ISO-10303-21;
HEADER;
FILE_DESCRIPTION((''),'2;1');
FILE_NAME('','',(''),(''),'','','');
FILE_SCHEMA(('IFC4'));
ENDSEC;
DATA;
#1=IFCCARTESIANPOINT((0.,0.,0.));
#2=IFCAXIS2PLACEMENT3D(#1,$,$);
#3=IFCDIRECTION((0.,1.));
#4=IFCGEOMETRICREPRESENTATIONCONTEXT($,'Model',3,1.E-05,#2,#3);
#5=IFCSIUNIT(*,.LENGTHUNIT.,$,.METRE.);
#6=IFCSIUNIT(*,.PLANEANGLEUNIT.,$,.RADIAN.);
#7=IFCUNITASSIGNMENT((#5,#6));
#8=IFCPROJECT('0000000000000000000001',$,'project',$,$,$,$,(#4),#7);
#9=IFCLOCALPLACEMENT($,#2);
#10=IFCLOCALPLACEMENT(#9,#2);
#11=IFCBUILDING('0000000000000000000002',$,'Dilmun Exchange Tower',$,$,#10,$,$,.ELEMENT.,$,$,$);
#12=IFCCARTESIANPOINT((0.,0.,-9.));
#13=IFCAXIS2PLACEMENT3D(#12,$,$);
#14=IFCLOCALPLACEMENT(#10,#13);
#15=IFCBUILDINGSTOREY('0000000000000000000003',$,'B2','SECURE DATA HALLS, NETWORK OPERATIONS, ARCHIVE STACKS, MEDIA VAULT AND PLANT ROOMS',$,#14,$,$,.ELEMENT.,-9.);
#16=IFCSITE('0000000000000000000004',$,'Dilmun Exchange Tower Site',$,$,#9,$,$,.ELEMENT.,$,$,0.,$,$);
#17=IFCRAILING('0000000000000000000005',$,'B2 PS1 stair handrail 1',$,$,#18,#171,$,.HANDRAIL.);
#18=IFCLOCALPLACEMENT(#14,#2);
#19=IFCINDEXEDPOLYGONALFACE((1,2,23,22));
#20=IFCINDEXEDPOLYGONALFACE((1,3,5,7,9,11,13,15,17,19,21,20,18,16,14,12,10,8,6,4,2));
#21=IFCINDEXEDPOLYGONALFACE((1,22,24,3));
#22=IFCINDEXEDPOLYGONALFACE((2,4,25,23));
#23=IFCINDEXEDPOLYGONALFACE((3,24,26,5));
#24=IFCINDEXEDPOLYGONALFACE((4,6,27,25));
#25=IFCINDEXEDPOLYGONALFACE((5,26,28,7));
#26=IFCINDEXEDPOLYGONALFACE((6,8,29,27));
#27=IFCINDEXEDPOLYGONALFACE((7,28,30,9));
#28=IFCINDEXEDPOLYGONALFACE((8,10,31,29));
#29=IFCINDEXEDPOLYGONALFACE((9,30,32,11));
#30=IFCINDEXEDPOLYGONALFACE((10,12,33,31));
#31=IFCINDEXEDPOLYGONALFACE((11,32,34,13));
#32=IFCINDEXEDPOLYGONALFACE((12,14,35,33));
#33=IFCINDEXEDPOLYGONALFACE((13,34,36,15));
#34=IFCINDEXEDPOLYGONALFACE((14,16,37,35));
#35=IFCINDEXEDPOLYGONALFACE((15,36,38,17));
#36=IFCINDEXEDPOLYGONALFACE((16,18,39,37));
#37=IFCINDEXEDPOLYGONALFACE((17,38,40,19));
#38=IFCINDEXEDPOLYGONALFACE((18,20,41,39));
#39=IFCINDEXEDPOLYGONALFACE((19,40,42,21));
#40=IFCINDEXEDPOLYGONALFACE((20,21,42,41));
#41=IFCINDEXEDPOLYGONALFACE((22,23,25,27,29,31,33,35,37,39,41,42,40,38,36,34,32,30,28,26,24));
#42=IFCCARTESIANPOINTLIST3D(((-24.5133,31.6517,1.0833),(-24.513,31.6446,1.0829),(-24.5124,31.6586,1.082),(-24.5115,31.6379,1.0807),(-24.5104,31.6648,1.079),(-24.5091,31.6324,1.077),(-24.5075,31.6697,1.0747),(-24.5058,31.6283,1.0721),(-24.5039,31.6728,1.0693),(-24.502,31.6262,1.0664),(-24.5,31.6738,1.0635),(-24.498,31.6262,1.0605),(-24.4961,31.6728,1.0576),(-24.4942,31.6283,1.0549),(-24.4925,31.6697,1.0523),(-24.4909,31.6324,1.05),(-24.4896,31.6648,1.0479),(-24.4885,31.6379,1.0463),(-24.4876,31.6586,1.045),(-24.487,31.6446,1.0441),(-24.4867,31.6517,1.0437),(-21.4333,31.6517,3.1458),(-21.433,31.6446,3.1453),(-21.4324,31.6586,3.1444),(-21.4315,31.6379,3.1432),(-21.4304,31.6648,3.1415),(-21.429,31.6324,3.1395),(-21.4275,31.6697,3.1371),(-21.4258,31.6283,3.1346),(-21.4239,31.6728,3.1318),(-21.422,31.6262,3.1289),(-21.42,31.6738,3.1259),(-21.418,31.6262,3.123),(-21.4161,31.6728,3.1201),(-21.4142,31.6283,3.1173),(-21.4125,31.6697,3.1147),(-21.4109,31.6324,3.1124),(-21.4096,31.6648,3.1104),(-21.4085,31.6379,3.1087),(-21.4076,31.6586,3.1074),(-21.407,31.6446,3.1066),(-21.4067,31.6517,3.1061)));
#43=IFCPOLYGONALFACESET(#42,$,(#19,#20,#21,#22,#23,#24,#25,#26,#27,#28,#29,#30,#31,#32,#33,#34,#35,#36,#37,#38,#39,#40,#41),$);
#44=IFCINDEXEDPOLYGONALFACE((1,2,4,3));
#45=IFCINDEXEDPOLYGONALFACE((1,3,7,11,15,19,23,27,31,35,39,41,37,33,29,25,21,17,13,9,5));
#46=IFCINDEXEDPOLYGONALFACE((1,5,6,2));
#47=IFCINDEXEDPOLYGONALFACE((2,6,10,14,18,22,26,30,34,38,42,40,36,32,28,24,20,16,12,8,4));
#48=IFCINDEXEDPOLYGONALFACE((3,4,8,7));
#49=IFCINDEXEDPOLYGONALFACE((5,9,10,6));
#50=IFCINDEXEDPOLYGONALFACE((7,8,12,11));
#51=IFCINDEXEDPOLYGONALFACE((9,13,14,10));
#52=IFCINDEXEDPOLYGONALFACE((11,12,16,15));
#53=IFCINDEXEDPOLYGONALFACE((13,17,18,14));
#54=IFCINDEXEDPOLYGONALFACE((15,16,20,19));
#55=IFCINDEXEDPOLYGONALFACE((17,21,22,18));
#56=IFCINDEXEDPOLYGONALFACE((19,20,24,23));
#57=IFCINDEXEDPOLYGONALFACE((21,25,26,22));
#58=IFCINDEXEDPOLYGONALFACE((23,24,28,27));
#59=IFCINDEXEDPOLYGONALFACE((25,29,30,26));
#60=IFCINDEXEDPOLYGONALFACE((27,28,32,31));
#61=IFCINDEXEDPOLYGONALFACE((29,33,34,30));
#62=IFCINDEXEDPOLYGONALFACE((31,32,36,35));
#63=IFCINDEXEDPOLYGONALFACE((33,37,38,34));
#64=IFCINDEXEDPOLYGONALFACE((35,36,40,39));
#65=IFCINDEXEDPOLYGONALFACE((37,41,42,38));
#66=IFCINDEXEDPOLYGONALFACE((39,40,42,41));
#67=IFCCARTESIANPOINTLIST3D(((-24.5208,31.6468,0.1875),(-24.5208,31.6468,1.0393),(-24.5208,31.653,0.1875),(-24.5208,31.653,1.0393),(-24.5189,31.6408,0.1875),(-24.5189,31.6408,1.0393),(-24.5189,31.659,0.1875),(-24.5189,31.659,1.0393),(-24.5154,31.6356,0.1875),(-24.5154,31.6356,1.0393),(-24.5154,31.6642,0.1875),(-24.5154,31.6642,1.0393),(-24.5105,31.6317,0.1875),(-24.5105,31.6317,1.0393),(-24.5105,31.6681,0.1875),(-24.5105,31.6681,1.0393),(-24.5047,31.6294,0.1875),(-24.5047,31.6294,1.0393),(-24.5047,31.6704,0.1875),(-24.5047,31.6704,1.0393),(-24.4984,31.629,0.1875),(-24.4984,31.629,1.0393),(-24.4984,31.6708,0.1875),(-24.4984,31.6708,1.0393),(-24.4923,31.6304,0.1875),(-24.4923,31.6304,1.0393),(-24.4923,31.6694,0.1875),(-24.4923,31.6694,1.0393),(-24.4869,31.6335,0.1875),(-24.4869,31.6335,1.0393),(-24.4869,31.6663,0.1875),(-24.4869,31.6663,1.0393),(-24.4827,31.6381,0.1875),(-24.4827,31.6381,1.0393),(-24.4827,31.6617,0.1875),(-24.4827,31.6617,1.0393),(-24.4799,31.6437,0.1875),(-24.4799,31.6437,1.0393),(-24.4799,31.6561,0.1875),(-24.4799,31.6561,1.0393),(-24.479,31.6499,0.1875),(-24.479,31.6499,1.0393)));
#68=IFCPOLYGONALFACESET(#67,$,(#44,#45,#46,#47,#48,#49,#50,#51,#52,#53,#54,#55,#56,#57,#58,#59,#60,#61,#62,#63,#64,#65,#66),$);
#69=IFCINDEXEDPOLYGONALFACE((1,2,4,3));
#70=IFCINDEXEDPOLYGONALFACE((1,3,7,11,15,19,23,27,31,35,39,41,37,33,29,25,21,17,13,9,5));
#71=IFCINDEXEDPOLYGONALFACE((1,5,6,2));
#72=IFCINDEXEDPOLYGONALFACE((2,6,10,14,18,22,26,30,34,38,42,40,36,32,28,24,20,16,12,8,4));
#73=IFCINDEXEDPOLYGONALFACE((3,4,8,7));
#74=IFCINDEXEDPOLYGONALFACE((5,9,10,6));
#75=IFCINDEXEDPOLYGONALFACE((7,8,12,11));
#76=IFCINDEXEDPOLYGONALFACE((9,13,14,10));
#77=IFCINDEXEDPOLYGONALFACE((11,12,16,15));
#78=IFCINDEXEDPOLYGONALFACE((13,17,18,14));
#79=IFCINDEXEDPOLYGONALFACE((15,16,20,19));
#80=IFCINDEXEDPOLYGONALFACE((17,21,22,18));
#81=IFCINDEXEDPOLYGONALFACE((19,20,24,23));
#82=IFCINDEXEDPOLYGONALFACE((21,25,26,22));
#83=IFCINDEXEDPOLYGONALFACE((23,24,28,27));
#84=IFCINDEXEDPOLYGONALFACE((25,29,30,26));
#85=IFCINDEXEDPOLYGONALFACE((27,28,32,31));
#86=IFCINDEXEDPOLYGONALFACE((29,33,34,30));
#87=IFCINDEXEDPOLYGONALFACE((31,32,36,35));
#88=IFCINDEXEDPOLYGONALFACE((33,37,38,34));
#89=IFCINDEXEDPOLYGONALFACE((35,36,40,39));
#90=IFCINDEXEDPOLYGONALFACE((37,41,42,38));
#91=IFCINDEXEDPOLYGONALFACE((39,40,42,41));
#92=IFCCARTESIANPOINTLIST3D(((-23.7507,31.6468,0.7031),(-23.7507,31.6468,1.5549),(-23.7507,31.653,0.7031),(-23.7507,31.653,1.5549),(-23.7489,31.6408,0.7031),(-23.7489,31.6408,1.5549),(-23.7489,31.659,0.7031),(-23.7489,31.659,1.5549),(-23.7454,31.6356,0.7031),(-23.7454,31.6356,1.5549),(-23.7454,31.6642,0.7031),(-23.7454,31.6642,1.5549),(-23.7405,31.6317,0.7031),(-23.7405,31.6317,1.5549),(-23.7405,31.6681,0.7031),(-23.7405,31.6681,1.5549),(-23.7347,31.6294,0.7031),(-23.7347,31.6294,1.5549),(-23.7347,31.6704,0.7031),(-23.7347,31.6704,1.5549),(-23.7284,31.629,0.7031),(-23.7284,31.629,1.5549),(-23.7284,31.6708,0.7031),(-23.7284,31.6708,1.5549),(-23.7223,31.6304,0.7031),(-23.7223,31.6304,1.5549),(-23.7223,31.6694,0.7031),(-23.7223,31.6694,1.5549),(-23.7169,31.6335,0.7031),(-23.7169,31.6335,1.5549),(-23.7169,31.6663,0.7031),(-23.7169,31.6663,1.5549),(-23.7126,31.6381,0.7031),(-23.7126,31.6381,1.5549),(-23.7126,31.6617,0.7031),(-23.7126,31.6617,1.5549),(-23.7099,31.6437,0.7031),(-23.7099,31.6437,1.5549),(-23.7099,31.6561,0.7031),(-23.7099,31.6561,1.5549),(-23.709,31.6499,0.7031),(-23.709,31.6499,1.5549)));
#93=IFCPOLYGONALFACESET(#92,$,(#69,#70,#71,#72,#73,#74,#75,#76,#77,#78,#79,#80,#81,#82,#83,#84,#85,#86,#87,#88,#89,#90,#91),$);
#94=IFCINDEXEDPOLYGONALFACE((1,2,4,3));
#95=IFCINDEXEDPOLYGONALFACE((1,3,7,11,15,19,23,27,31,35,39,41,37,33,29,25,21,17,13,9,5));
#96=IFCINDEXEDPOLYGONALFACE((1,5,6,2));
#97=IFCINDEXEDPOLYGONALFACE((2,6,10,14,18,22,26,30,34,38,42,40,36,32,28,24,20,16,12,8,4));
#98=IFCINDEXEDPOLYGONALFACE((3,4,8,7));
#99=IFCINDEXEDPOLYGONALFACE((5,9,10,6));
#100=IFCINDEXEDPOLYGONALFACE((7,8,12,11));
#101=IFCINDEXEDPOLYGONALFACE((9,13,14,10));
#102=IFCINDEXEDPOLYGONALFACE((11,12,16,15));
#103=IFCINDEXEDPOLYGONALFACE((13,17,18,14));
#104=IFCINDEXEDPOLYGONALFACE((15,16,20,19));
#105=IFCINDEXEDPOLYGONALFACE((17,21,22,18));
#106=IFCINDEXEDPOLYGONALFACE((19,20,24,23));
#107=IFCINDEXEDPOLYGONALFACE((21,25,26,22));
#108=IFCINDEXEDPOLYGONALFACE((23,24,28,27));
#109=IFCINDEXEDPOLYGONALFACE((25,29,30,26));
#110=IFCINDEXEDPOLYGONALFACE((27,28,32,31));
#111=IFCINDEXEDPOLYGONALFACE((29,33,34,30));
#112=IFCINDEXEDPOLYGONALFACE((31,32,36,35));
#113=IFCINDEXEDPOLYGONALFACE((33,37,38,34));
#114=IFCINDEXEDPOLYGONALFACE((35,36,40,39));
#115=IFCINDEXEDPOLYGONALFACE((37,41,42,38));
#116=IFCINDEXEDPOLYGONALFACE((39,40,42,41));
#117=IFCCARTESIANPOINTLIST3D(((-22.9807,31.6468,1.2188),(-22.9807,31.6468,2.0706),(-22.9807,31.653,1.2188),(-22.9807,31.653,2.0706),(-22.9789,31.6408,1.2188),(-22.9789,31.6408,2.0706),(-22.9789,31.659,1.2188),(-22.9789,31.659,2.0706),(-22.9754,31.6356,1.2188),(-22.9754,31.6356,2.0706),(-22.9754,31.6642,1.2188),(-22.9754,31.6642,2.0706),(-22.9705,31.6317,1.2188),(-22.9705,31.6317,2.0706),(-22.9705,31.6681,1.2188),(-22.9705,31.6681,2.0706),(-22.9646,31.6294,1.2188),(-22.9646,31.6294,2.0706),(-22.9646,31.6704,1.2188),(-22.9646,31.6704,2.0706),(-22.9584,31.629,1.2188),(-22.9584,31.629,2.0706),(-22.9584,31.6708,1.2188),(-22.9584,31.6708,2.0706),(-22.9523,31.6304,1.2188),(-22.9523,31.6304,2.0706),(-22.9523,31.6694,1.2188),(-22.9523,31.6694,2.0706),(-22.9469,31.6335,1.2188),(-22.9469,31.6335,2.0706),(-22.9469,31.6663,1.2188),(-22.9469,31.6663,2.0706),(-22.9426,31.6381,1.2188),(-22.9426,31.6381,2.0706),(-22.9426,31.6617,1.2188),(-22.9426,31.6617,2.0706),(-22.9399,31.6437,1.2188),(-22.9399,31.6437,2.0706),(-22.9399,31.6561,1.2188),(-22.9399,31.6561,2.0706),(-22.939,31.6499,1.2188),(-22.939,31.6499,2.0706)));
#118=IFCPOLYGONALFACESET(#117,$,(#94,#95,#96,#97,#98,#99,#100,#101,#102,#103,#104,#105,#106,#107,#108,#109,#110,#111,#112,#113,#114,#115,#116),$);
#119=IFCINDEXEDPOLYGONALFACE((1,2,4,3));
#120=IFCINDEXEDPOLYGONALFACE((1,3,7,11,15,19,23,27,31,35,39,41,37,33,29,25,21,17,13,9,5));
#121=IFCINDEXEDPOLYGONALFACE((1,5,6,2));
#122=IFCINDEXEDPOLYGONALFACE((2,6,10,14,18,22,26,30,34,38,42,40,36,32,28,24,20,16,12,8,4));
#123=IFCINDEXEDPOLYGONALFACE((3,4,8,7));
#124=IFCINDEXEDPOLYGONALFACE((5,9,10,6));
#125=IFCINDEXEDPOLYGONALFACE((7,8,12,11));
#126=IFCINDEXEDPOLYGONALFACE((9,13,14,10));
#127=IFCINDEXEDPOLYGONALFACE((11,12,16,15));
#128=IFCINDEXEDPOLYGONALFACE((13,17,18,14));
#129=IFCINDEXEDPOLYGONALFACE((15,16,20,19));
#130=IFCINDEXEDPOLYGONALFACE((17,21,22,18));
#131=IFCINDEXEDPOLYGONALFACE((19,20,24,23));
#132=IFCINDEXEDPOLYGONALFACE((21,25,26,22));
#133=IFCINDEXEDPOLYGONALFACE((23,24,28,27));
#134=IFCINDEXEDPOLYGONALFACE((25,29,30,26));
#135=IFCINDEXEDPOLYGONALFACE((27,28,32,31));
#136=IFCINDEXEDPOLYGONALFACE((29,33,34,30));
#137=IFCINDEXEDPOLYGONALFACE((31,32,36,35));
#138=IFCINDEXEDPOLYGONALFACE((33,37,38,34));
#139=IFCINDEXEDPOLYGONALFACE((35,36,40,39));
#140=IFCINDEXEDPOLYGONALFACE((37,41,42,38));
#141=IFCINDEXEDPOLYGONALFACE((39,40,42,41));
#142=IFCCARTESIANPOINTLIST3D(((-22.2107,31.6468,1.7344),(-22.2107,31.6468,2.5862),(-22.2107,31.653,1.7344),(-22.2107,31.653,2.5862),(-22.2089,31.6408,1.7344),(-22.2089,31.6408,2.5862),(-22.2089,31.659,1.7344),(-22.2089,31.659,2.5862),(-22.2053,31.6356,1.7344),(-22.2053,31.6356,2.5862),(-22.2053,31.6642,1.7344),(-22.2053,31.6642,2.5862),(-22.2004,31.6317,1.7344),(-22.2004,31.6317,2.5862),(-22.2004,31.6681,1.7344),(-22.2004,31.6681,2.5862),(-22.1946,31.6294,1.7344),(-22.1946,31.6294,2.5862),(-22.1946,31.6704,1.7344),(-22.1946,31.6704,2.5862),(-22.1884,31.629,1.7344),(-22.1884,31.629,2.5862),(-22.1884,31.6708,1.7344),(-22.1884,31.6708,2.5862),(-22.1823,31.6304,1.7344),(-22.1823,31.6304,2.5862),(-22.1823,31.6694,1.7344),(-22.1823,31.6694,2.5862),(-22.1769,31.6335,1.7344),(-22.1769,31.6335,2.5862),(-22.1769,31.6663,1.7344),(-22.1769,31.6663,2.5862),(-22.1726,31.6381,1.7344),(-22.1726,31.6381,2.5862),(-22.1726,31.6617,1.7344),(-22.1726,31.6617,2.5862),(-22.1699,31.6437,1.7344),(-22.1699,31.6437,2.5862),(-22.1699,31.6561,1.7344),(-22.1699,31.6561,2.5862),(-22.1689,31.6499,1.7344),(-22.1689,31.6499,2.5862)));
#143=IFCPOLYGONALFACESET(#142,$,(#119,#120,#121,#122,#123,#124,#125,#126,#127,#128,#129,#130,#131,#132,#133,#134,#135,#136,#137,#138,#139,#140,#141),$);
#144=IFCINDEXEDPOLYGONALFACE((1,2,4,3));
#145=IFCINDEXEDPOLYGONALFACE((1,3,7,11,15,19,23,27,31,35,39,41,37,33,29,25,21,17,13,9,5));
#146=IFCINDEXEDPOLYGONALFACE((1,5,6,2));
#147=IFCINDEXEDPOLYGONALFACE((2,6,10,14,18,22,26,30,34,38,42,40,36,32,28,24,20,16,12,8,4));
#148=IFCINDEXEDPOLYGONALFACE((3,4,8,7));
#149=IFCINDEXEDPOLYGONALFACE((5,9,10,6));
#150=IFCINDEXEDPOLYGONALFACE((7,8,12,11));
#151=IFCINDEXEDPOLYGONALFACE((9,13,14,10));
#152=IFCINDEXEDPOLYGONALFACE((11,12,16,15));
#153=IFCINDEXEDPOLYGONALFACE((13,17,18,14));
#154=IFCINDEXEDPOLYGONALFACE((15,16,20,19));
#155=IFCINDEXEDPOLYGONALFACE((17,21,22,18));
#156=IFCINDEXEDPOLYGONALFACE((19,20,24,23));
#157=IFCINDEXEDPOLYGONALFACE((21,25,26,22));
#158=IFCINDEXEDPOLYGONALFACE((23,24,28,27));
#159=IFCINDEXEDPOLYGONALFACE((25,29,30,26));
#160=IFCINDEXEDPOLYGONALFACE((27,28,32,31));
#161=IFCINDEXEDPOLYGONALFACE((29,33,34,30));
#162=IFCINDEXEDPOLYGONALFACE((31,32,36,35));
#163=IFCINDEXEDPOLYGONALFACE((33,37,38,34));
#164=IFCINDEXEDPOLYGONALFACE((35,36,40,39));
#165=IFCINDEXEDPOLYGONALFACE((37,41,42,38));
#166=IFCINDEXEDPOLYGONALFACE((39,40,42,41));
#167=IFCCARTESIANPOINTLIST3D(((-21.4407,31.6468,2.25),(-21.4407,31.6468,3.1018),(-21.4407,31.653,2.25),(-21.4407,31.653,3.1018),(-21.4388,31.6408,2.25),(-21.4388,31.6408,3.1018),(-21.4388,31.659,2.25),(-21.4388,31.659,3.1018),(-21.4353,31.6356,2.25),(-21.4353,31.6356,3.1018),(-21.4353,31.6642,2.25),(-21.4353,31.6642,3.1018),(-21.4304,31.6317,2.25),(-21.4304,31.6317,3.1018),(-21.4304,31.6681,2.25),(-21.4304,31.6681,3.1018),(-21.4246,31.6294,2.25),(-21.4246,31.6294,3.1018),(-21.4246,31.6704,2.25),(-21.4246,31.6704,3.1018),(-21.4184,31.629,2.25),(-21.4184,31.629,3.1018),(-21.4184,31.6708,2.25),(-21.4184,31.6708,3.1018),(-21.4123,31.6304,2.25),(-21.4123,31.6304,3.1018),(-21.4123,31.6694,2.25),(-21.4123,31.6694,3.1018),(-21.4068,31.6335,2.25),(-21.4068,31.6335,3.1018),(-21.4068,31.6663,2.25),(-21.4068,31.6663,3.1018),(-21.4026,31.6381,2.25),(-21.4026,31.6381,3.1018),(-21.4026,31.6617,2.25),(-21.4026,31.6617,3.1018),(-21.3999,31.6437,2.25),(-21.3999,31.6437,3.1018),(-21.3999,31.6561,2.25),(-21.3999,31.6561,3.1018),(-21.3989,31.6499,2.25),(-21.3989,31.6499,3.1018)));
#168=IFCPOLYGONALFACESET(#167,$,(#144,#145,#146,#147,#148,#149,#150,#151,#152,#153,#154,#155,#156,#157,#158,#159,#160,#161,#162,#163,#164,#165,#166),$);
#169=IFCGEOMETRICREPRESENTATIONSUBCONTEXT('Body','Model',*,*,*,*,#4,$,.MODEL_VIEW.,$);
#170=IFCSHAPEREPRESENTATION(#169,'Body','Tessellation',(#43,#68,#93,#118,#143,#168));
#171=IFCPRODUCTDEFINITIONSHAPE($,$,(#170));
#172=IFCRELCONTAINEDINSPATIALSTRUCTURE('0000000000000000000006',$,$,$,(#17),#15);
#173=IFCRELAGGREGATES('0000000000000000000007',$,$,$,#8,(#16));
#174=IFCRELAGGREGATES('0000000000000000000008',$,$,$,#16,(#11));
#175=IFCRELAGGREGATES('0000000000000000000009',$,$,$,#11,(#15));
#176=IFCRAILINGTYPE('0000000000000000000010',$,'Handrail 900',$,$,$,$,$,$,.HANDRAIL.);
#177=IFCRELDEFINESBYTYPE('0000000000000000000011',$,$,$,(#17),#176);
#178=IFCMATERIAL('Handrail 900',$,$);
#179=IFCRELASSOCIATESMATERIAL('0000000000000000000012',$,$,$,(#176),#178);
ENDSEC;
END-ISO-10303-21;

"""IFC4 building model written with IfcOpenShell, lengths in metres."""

from ifc_helpers import new_model, si_unit, direction, frame, origin, origin_2d, place, context, subcontext, project, spatial, circle, extrude, material, type_object, element, save


model = new_model("IFC4")

# Units and contexts
model_context = context("Model", 3, precision=1e-05, world=origin(), true_north=direction((0.0, 1.0)))
body_context = subcontext(model_context, "Body", "Model", "MODEL_VIEW")
ifc_project = project(units=[si_unit("LENGTHUNIT", "METRE"), si_unit("PLANEANGLEUNIT", "RADIAN")], contexts=[model_context])

# Site, building, storey
site_placement = place(None, origin())
site = spatial("IfcSite", under=ifc_project, at=site_placement, Name="Dilmun Exchange Tower Site", CompositionType="ELEMENT", RefElevation=0.0)
building_placement = place(site_placement, origin())
building = spatial("IfcBuilding", under=site, at=building_placement, Name="Dilmun Exchange Tower", CompositionType="ELEMENT")
storey_placement = place(building_placement, frame((0.0, 0.0, -9.0)))
storey = spatial("IfcBuildingStorey", under=building, at=storey_placement, Name="B2", Description="SECURE DATA HALLS, NETWORK OPERATIONS, ARCHIVE STACKS, MEDIA VAULT AND PLANT ROOMS", CompositionType="ELEMENT", Elevation=-9.0)

# Railing
ifc_material_1 = material(Name="Handrail 900")
railing_type_1 = type_object("IfcRailingType", Name="Handrail 900", PredefinedType="HANDRAIL", material=ifc_material_1)
railing_1_placement = place(storey_placement, frame((-24.5, 31.6499, 0.1875)))
element("IfcRailing", 1, at=railing_1_placement, inside=storey, type_object=railing_type_1, Name="B2 PS1 stair handrail 1", PredefinedType="HANDRAIL", context=body_context, shape_type="SweptSolid", body=[
    extrude(circle(Radius=0.0239, at=origin_2d()), frame((0.0, 0.0, 0.876), z_axis=(0.830914, 0.0, 0.556401), x_axis=(0.0, 1.0, 0.0)), (0.0, 0.0, 1.0), 3.7068),
    extrude(circle(Radius=0.021, at=origin_2d()), origin(), (0.0, 0.0, 1.0), 0.8518),
    extrude(circle(Radius=0.021, at=origin_2d()), frame((0.77, 0.0, 0.5156)), (0.0, 0.0, 1.0), 0.8518),
    extrude(circle(Radius=0.021, at=origin_2d()), frame((1.54, 0.0, 1.0312)), (0.0, 0.0, 1.0), 0.8518),
    extrude(circle(Radius=0.021, at=origin_2d()), frame((2.3101, 0.0, 1.5469)), (0.0, 0.0, 1.0), 0.8518),
    extrude(circle(Radius=0.021, at=origin_2d()), frame((3.0801, 0.0, 2.0625)), (0.0, 0.0, 1.0), 0.8518),
])

save(model, "model.ifc")
